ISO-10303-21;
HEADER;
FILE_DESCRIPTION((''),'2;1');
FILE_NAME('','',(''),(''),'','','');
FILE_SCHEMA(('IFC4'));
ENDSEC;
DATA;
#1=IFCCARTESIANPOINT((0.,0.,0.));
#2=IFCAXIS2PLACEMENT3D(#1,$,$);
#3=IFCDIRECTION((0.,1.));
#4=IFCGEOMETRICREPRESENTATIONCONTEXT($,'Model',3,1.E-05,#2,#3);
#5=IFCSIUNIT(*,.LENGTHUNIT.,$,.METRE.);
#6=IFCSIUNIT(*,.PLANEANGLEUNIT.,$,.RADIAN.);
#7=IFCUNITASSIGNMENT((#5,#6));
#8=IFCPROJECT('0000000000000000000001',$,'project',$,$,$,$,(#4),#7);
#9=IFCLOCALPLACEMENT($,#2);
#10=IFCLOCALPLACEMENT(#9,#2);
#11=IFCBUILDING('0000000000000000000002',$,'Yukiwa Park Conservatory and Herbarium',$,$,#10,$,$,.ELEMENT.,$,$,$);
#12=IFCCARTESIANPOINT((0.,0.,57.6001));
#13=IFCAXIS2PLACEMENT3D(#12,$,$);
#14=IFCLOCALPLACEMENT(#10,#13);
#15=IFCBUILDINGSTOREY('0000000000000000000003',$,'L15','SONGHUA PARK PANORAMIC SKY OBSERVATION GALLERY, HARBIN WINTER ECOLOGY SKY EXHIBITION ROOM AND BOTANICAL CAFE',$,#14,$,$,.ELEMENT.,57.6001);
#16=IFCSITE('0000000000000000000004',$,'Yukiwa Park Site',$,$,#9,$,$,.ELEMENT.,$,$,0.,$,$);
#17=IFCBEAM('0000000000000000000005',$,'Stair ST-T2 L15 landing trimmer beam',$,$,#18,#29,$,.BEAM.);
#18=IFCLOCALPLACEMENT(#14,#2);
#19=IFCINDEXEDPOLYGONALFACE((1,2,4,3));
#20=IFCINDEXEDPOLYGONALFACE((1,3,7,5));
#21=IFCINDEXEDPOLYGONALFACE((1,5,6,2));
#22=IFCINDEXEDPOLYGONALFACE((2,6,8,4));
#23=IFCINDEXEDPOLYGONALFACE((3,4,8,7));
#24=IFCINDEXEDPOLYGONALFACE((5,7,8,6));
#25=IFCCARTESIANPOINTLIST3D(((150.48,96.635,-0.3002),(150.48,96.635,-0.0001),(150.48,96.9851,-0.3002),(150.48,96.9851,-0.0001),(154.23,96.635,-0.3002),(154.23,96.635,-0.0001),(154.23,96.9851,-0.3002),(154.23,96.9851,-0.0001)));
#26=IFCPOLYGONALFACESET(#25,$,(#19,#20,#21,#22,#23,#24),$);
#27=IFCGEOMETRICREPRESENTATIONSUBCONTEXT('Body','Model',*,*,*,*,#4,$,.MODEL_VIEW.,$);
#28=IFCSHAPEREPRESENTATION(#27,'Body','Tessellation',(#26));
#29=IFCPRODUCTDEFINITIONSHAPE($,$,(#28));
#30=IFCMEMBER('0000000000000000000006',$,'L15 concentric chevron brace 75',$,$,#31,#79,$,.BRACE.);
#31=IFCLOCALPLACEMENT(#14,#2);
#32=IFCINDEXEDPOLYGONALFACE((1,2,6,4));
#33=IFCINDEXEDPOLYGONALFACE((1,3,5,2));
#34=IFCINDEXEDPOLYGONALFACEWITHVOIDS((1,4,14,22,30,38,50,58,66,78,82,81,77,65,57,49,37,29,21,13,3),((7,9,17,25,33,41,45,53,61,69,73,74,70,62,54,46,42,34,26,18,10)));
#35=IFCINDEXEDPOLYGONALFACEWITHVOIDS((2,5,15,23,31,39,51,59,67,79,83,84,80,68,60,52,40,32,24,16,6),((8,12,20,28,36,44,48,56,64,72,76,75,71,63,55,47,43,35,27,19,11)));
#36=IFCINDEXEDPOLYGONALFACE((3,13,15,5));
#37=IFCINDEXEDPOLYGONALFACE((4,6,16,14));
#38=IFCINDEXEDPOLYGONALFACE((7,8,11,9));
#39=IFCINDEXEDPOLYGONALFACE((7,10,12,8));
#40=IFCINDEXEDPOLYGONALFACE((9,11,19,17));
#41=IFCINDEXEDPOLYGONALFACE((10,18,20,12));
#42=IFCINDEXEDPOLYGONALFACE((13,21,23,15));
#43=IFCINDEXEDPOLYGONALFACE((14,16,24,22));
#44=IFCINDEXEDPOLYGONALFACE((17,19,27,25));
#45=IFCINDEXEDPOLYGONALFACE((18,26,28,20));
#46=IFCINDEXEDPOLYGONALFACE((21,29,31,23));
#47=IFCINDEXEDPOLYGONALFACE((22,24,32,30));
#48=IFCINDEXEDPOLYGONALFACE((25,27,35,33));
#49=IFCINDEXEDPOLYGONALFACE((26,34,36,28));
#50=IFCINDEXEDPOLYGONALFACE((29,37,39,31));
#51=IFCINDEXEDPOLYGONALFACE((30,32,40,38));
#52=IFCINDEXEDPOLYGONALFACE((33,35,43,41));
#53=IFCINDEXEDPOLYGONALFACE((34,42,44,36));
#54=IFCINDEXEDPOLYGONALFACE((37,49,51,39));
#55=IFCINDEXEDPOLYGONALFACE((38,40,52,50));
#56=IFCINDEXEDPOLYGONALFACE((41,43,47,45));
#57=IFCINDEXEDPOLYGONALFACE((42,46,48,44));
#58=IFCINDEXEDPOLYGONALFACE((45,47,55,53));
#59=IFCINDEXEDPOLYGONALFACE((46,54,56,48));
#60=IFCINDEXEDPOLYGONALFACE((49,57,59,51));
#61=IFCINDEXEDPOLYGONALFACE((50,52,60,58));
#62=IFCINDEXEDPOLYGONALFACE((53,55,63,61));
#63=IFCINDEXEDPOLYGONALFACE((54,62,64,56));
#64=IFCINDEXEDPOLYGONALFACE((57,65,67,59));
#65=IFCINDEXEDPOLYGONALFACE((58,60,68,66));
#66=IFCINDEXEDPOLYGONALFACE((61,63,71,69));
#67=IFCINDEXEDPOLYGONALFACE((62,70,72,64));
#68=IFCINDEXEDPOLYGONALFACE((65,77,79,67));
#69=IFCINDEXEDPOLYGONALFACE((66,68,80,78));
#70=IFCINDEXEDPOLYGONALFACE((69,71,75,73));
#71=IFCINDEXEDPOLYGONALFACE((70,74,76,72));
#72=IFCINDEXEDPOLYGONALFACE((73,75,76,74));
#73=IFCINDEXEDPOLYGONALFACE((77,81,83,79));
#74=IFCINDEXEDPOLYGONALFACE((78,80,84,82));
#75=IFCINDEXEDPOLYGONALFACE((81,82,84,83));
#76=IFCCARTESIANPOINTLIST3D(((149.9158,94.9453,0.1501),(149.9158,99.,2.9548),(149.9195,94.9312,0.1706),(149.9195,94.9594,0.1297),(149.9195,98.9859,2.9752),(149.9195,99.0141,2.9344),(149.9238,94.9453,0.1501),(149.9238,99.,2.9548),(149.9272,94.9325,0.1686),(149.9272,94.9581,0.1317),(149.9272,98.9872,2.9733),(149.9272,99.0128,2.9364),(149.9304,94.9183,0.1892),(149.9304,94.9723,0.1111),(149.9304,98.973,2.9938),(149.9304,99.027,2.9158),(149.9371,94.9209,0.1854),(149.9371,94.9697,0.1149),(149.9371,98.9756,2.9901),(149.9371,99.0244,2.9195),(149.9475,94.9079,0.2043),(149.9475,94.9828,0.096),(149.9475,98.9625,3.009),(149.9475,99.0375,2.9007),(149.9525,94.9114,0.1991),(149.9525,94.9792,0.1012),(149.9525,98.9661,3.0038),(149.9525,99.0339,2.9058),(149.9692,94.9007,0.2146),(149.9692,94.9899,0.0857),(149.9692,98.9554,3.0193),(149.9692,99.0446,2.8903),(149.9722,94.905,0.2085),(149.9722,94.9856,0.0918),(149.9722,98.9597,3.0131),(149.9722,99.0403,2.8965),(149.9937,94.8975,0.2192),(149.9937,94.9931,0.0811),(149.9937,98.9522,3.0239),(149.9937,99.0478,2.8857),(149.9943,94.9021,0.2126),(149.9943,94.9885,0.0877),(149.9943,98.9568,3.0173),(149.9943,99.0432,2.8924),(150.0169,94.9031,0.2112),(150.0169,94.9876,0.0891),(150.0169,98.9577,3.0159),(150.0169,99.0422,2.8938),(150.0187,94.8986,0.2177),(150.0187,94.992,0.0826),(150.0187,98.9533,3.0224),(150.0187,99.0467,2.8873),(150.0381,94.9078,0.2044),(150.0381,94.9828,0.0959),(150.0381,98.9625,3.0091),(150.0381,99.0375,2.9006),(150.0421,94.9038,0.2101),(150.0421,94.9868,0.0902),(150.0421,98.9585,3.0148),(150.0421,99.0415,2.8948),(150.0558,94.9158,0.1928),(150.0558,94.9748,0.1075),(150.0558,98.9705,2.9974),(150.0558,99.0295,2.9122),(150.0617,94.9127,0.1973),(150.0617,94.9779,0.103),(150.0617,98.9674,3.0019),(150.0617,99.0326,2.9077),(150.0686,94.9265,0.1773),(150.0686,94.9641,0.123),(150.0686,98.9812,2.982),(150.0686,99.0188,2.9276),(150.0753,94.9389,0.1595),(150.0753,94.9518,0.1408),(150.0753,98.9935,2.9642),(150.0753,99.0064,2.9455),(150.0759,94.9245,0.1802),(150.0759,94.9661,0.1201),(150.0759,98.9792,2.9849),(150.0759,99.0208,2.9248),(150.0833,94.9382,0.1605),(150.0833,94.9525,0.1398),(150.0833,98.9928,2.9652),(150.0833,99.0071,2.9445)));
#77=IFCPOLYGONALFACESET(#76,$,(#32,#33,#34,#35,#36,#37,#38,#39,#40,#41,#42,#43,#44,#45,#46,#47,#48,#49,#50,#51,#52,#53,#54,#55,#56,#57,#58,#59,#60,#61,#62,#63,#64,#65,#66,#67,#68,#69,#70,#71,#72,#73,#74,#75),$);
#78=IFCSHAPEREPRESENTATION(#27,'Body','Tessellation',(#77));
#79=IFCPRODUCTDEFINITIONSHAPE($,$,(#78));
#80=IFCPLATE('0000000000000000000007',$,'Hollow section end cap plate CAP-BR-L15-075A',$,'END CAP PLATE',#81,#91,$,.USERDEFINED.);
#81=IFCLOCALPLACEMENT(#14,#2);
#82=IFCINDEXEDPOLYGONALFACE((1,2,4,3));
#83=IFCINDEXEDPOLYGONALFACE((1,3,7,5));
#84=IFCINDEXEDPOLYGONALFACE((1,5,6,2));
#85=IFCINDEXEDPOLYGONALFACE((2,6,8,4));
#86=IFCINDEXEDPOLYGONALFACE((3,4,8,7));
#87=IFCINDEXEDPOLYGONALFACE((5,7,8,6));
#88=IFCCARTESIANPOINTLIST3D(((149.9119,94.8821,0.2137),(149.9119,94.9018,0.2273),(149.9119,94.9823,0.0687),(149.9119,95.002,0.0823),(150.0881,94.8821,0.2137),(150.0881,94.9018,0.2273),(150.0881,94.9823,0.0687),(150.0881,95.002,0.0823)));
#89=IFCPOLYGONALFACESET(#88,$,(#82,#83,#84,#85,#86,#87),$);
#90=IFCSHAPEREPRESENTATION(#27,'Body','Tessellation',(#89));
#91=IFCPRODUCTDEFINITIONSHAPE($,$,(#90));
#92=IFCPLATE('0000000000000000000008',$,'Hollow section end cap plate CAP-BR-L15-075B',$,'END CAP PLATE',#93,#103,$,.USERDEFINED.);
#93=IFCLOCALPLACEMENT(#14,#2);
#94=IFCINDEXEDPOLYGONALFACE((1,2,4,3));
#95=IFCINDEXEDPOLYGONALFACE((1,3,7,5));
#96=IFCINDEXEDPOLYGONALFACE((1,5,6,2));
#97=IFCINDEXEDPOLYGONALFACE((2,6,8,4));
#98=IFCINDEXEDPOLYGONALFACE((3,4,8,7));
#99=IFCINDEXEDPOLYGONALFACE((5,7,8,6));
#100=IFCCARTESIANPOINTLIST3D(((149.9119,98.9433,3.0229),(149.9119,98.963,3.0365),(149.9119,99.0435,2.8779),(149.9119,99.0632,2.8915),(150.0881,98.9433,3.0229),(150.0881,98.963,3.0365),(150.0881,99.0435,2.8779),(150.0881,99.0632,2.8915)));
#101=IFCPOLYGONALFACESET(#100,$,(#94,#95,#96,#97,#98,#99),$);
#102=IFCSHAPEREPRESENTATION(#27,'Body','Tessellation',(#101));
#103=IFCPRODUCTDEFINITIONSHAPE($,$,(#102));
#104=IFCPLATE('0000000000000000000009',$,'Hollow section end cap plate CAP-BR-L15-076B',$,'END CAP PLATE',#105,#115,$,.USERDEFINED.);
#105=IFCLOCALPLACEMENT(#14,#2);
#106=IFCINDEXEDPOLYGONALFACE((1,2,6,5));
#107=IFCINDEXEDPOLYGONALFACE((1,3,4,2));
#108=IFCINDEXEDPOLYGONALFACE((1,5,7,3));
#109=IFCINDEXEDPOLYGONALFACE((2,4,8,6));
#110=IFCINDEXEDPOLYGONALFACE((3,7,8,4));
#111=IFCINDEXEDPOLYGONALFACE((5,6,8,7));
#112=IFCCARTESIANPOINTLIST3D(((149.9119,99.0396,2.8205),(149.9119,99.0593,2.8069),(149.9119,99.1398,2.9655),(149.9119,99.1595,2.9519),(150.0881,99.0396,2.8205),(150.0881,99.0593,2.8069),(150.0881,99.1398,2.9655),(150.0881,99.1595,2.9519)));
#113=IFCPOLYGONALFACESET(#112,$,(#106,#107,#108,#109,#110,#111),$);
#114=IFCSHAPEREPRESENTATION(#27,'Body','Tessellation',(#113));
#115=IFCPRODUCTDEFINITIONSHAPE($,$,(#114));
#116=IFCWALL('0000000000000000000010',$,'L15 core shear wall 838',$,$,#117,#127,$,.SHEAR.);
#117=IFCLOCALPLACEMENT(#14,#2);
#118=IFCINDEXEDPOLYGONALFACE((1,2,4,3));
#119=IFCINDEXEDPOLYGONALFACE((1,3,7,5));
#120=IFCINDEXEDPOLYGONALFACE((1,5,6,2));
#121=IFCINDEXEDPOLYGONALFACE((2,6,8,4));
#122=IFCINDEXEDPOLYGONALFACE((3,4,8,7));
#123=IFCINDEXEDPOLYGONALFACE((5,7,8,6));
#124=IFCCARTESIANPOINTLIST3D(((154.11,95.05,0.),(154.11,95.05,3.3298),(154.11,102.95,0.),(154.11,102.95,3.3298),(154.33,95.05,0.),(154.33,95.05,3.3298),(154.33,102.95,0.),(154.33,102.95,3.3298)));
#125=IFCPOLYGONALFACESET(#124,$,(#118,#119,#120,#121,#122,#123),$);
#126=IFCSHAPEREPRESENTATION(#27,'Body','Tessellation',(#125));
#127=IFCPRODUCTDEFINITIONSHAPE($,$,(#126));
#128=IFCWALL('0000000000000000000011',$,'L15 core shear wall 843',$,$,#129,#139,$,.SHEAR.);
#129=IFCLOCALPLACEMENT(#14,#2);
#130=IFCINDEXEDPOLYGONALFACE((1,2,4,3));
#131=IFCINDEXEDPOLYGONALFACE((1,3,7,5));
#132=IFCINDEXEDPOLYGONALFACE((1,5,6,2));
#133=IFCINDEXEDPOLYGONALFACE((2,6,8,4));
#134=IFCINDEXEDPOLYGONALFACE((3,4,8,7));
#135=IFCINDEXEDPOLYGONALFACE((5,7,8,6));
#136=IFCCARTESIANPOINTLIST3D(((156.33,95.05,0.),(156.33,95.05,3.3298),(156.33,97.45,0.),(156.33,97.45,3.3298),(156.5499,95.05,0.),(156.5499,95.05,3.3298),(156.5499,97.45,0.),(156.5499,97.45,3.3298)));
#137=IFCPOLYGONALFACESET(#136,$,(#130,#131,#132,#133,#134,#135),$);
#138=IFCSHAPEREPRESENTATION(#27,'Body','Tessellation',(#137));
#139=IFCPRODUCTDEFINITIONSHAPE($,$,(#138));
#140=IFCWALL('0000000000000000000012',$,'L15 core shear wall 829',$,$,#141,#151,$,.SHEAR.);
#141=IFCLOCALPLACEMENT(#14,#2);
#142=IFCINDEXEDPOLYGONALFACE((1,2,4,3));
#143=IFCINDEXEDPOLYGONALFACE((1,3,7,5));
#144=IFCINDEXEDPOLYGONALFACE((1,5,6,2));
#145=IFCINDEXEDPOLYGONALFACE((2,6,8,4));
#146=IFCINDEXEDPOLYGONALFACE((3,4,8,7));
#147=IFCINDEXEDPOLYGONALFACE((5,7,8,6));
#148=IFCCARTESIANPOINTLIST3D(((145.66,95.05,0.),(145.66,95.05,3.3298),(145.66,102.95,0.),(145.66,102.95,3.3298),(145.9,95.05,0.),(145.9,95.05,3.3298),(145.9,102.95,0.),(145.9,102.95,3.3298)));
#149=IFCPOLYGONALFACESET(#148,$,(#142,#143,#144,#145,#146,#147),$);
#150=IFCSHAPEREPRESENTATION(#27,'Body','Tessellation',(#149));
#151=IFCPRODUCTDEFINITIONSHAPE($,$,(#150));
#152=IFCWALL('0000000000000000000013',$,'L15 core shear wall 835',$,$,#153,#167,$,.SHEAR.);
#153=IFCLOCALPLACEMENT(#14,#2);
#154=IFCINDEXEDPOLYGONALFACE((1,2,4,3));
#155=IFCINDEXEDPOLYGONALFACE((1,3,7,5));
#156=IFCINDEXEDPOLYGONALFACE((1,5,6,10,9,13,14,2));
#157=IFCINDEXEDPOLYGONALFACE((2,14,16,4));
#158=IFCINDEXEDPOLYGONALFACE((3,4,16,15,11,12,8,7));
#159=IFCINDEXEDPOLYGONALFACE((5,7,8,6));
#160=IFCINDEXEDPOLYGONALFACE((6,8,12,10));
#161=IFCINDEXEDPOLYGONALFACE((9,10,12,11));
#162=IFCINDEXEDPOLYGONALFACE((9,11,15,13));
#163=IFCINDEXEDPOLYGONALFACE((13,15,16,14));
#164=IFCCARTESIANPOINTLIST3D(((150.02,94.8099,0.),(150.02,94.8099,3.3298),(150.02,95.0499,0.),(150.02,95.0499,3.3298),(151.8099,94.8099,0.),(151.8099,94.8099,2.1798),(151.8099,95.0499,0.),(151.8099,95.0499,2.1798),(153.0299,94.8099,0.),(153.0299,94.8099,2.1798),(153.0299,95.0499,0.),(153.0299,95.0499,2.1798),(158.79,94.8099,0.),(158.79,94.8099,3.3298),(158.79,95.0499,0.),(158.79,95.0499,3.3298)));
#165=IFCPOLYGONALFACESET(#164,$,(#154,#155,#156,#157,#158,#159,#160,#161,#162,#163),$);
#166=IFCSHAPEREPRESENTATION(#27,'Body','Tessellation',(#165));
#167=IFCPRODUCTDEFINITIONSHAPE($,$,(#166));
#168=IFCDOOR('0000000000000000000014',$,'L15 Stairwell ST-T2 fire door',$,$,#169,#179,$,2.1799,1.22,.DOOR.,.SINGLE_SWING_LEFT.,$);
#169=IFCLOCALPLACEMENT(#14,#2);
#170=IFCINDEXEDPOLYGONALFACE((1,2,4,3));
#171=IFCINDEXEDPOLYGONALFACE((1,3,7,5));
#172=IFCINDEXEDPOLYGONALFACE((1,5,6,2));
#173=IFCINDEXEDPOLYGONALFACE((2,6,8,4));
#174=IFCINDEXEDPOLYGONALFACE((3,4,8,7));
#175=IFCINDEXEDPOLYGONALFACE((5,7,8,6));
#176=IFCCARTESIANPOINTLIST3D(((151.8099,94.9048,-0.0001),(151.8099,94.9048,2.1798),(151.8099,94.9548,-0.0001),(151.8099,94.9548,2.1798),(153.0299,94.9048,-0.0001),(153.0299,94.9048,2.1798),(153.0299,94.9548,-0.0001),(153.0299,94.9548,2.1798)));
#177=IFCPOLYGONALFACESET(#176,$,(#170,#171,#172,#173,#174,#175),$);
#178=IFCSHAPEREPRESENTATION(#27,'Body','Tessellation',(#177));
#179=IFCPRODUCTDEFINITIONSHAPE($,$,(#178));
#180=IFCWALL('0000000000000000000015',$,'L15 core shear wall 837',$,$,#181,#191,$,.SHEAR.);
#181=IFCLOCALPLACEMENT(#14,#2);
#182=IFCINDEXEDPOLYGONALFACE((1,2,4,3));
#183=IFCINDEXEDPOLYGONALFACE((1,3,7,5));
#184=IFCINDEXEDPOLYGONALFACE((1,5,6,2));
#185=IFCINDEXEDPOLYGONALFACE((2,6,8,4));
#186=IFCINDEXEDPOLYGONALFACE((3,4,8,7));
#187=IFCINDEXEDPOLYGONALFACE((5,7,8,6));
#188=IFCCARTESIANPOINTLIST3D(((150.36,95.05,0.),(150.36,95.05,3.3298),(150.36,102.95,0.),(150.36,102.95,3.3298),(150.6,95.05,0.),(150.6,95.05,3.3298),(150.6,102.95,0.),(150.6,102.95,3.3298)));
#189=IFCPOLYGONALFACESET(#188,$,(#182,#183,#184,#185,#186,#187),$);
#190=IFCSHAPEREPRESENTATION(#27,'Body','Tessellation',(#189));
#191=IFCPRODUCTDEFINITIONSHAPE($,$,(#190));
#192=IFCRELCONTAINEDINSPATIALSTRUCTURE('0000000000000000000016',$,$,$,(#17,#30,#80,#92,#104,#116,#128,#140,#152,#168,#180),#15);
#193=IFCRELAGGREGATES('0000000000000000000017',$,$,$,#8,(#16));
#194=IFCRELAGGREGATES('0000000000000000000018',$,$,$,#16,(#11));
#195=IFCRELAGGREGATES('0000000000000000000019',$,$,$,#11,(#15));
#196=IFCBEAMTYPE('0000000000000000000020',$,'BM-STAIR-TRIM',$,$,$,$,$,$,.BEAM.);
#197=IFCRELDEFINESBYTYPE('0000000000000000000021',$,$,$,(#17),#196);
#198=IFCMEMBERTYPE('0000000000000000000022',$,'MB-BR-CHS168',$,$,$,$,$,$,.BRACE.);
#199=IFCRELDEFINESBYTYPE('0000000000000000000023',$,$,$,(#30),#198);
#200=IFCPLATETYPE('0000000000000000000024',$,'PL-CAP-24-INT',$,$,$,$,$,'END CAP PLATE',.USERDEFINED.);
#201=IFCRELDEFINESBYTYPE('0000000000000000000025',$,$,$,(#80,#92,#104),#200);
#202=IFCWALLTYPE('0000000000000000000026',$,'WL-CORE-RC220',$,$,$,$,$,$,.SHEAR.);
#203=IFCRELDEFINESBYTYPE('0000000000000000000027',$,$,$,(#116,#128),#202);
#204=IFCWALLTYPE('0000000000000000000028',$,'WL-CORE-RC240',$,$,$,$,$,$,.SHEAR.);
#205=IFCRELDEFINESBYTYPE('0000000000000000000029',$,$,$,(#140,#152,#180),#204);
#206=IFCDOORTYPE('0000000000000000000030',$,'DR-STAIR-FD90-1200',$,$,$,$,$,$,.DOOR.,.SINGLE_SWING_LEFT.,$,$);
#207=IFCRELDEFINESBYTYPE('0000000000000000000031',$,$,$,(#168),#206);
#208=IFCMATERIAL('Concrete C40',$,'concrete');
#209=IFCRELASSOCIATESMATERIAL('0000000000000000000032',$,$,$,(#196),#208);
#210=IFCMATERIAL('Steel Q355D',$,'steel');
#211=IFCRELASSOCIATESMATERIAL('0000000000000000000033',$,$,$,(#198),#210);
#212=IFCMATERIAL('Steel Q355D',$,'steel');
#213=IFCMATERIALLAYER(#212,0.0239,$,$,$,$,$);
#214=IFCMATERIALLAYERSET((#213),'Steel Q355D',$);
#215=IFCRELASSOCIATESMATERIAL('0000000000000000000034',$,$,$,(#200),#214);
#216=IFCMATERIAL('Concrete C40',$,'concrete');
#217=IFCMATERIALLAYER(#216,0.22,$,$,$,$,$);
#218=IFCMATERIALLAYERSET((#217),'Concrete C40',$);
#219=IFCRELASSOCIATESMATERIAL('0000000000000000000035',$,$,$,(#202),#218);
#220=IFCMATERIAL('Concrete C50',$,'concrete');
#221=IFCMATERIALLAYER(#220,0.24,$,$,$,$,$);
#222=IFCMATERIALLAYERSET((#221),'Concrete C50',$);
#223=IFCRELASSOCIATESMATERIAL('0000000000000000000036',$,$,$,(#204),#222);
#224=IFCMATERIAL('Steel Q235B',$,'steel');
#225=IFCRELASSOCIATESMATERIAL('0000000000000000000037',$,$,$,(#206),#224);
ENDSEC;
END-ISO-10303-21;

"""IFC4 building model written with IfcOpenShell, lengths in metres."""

from ifc_helpers import new_model, si_unit, direction, frame, frame_2d, origin, origin_2d, place, context, subcontext, project, spatial, rectangle, hollow_circle, extrude, material, layer, layer_set, material_profile, profile_set, type_object, element, fill, save


model = new_model("IFC4")

# Units and contexts
model_context = context("Model", 3, precision=1e-05, world=origin(), true_north=direction((0.0, 1.0)))
body_context = subcontext(model_context, "Body", "Model", "MODEL_VIEW")
ifc_project = project(units=[si_unit("LENGTHUNIT", "METRE"), si_unit("PLANEANGLEUNIT", "RADIAN")], contexts=[model_context])

# Site, building, storey
site_placement = place(None, origin())
site = spatial("IfcSite", under=ifc_project, at=site_placement, Name="Yukiwa Park Site", CompositionType="ELEMENT", RefElevation=0.0)
building_placement = place(site_placement, origin())
building = spatial("IfcBuilding", under=site, at=building_placement, Name="Yukiwa Park Conservatory and Herbarium", CompositionType="ELEMENT")
storey_placement = place(building_placement, frame((0.0, 0.0, 57.6001)))
storey = spatial("IfcBuildingStorey", under=building, at=storey_placement, Name="L15", Description="SONGHUA PARK PANORAMIC SKY OBSERVATION GALLERY, HARBIN WINTER ECOLOGY SKY EXHIBITION ROOM AND BOTANICAL CAFE", CompositionType="ELEMENT", Elevation=57.6001)

# Beam
ifc_material_1 = material(Name="Concrete C40", Category="concrete")
ifc_material_profile_1 = material_profile(ifc_material_1, rectangle(XDim=0.3501, YDim=0.3, at=origin_2d()), Name="RC 350x300")
ifc_profile_set_1 = profile_set([ifc_material_profile_1], Name="Concrete C40")
beam_type = type_object("IfcBeamType", Name="BM-STAIR-TRIM", PredefinedType="BEAM", material=ifc_profile_set_1)
beam_placement = place(storey_placement, frame((150.48, 96.8101, -0.1501), z_axis=(1.0, 0.0, 0.0), x_axis=(0.0, 1.0, 0.0)))
element("IfcBeam", 1, at=beam_placement, inside=storey, type_object=beam_type, Name="Stair ST-T2 L15 landing trimmer beam", PredefinedType="BEAM", context=body_context, shape_type="SweptSolid", body=[
    extrude(rectangle(XDim=0.3501, YDim=0.3, at=origin_2d()), origin(), (0.0, 0.0, 1.0), 3.75),
])

# Member
ifc_material_2 = material(Name="Steel Q355D", Category="steel")
ifc_material_profile_2 = material_profile(ifc_material_2, hollow_circle(Radius=0.0842, WallThickness=0.0081, at=origin_2d()), Name="CHS 168.3x8")
ifc_profile_set_2 = profile_set([ifc_material_profile_2], Name="Steel Q355D")
member_type = type_object("IfcMemberType", Name="MB-BR-CHS168", PredefinedType="BRACE", material=ifc_profile_set_2)
member_placement = place(storey_placement, frame((150.0, 94.9453, 0.1501), z_axis=(0.0, 0.82242, 0.56888), x_axis=(-1.0, 0.0, 0.0)))
element("IfcMember", 2, at=member_placement, inside=storey, type_object=member_type, Name="L15 concentric chevron brace 75", PredefinedType="BRACE", context=body_context, shape_type="SweptSolid", body=[
    extrude(hollow_circle(Radius=0.0842, WallThickness=0.0081, at=origin_2d()), origin(), (0.0, 0.0, 1.0), 4.9302),
])

# Plates
ifc_material_3 = material(Name="Steel Q355D", Category="steel")
ifc_layer_1 = layer(ifc_material_3, 0.0239)
ifc_layer_set_1 = layer_set([ifc_layer_1], Name="Steel Q355D")
plate_type = type_object("IfcPlateType", Name="PL-CAP-24-INT", ElementType="END CAP PLATE", PredefinedType="USERDEFINED", material=ifc_layer_set_1)
for number, where, z_axis, x_axis, name in (
    (3, (150.0, 94.9519, 0.1548), (0.0, -0.822558, -0.568682), (1.0, 0.0, 0.0), "Hollow section end cap plate CAP-BR-L15-075A"),
    (4, (150.0, 98.9934, 2.9504), (0.0, 0.822558, 0.568682), (-1.0, 0.0, 0.0), "Hollow section end cap plate CAP-BR-L15-075B"),
    (5, (150.0, 99.1094, 2.8794), (0.0, -0.822558, 0.568682), (1.0, 0.0, 0.0), "Hollow section end cap plate CAP-BR-L15-076B"),
):
    element("IfcPlate", number, at=place(storey_placement, frame(where, z_axis=z_axis, x_axis=x_axis)), inside=storey, type_object=plate_type, Name=name, ObjectType="END CAP PLATE", PredefinedType="USERDEFINED", context=body_context, shape_type="SweptSolid", body=[
        extrude(rectangle(XDim=0.1763, YDim=0.1763, at=origin_2d()), origin(), (0.0, 0.0, 1.0), 0.0239),
    ])

# Walls
ifc_material_4 = material(Name="Concrete C40", Category="concrete")
ifc_layer_2 = layer(ifc_material_4, 0.22)
ifc_layer_set_2 = layer_set([ifc_layer_2], Name="Concrete C40")
wall_type_1 = type_object("IfcWallType", Name="WL-CORE-RC220", PredefinedType="SHEAR", material=ifc_layer_set_2)
wall_1_placement = place(storey_placement, frame((154.22, 95.05, 0.0), z_axis=(0.0, 0.0, 1.0), x_axis=(0.0, 1.0, 0.0)))
element("IfcWall", 6, at=wall_1_placement, inside=storey, type_object=wall_type_1, Name="L15 core shear wall 838", PredefinedType="SHEAR", context=body_context, shape_type="SweptSolid", body=[
    extrude(rectangle(XDim=7.8999, YDim=0.22, at=frame_2d((3.95, 0.0))), origin(), (0.0, 0.0, 1.0), 3.3298),
])
wall_2_placement = place(storey_placement, frame((156.4399, 95.05, 0.0), z_axis=(0.0, 0.0, 1.0), x_axis=(0.0, 1.0, 0.0)))
element("IfcWall", 7, at=wall_2_placement, inside=storey, type_object=wall_type_1, Name="L15 core shear wall 843", PredefinedType="SHEAR", context=body_context, shape_type="SweptSolid", body=[
    extrude(rectangle(XDim=2.3999, YDim=0.22, at=frame_2d((1.2, 0.0))), origin(), (0.0, 0.0, 1.0), 3.3298),
])

# Wall
ifc_material_5 = material(Name="Concrete C50", Category="concrete")
ifc_layer_3 = layer(ifc_material_5, 0.24)
ifc_layer_set_3 = layer_set([ifc_layer_3], Name="Concrete C50")
wall_type_2 = type_object("IfcWallType", Name="WL-CORE-RC240", PredefinedType="SHEAR", material=ifc_layer_set_3)
wall_3_placement = place(storey_placement, frame((145.78, 95.05, 0.0), z_axis=(0.0, 0.0, 1.0), x_axis=(0.0, 1.0, 0.0)))
element("IfcWall", 8, at=wall_3_placement, inside=storey, type_object=wall_type_2, Name="L15 core shear wall 829", PredefinedType="SHEAR", context=body_context, shape_type="SweptSolid", body=[
    extrude(rectangle(XDim=7.8999, YDim=0.24, at=frame_2d((3.95, 0.0))), origin(), (0.0, 0.0, 1.0), 3.3298),
])

# Wall, opening, door
wall_4_placement = place(storey_placement, frame((150.02, 94.9299, 0.0), z_axis=(0.0, 0.0, 1.0), x_axis=(1.0, 0.0, 0.0)))
wall_4 = element("IfcWall", 9, at=wall_4_placement, inside=storey, type_object=wall_type_2, Name="L15 core shear wall 835", PredefinedType="SHEAR", context=body_context, shape_type="SweptSolid", body=[
    extrude(rectangle(XDim=8.77, YDim=0.24, at=frame_2d((4.385, 0.0))), origin(), (0.0, 0.0, 1.0), 3.3298),
])
opening_1_placement = place(wall_4_placement, frame((1.79, 0.0, 0.0)))
opening_1 = element("IfcOpeningElement", 10, at=opening_1_placement, cuts=wall_4, PredefinedType="OPENING", context=body_context, shape_type="SweptSolid", body=[
    extrude(rectangle(XDim=1.22, YDim=2.1799, at=frame_2d((0.6099, 1.0898))), frame((0.0, 0.1299, 0.0), z_axis=(0.0, -1.0, 0.0), x_axis=(1.0, 0.0, 0.0)), (0.0, 0.0, 1.0), 0.26),
])
ifc_material_6 = material(Name="Steel Q235B", Category="steel")
door_type_1 = type_object("IfcDoorType", Name="DR-STAIR-FD90-1200", OperationType="SINGLE_SWING_LEFT", PredefinedType="DOOR", material=ifc_material_6)
door_1_placement = place(opening_1_placement, origin())
door_1 = element("IfcDoor", 11, at=door_1_placement, inside=storey, type_object=door_type_1, Name="L15 Stairwell ST-T2 fire door", OperationType="SINGLE_SWING_LEFT", OverallHeight=2.1799, OverallWidth=1.22, PredefinedType="DOOR", context=body_context, shape_type="SweptSolid", body=[
    extrude(rectangle(XDim=1.22, YDim=2.1799, at=frame_2d((0.6099, 1.0898))), frame((0.0, 0.0249, 0.0), z_axis=(0.0, -1.0, 0.0), x_axis=(1.0, 0.0, 0.0)), (0.0, 0.0, 1.0), 0.05),
])
fill(opening_1, door_1)

# Wall
wall_5_placement = place(storey_placement, frame((150.48, 95.05, 0.0), z_axis=(0.0, 0.0, 1.0), x_axis=(0.0, 1.0, 0.0)))
element("IfcWall", 12, at=wall_5_placement, inside=storey, type_object=wall_type_2, Name="L15 core shear wall 837", PredefinedType="SHEAR", context=body_context, shape_type="SweptSolid", body=[
    extrude(rectangle(XDim=7.8999, YDim=0.24, at=frame_2d((3.95, 0.0))), origin(), (0.0, 0.0, 1.0), 3.3298),
])

save(model, "model.ifc")
